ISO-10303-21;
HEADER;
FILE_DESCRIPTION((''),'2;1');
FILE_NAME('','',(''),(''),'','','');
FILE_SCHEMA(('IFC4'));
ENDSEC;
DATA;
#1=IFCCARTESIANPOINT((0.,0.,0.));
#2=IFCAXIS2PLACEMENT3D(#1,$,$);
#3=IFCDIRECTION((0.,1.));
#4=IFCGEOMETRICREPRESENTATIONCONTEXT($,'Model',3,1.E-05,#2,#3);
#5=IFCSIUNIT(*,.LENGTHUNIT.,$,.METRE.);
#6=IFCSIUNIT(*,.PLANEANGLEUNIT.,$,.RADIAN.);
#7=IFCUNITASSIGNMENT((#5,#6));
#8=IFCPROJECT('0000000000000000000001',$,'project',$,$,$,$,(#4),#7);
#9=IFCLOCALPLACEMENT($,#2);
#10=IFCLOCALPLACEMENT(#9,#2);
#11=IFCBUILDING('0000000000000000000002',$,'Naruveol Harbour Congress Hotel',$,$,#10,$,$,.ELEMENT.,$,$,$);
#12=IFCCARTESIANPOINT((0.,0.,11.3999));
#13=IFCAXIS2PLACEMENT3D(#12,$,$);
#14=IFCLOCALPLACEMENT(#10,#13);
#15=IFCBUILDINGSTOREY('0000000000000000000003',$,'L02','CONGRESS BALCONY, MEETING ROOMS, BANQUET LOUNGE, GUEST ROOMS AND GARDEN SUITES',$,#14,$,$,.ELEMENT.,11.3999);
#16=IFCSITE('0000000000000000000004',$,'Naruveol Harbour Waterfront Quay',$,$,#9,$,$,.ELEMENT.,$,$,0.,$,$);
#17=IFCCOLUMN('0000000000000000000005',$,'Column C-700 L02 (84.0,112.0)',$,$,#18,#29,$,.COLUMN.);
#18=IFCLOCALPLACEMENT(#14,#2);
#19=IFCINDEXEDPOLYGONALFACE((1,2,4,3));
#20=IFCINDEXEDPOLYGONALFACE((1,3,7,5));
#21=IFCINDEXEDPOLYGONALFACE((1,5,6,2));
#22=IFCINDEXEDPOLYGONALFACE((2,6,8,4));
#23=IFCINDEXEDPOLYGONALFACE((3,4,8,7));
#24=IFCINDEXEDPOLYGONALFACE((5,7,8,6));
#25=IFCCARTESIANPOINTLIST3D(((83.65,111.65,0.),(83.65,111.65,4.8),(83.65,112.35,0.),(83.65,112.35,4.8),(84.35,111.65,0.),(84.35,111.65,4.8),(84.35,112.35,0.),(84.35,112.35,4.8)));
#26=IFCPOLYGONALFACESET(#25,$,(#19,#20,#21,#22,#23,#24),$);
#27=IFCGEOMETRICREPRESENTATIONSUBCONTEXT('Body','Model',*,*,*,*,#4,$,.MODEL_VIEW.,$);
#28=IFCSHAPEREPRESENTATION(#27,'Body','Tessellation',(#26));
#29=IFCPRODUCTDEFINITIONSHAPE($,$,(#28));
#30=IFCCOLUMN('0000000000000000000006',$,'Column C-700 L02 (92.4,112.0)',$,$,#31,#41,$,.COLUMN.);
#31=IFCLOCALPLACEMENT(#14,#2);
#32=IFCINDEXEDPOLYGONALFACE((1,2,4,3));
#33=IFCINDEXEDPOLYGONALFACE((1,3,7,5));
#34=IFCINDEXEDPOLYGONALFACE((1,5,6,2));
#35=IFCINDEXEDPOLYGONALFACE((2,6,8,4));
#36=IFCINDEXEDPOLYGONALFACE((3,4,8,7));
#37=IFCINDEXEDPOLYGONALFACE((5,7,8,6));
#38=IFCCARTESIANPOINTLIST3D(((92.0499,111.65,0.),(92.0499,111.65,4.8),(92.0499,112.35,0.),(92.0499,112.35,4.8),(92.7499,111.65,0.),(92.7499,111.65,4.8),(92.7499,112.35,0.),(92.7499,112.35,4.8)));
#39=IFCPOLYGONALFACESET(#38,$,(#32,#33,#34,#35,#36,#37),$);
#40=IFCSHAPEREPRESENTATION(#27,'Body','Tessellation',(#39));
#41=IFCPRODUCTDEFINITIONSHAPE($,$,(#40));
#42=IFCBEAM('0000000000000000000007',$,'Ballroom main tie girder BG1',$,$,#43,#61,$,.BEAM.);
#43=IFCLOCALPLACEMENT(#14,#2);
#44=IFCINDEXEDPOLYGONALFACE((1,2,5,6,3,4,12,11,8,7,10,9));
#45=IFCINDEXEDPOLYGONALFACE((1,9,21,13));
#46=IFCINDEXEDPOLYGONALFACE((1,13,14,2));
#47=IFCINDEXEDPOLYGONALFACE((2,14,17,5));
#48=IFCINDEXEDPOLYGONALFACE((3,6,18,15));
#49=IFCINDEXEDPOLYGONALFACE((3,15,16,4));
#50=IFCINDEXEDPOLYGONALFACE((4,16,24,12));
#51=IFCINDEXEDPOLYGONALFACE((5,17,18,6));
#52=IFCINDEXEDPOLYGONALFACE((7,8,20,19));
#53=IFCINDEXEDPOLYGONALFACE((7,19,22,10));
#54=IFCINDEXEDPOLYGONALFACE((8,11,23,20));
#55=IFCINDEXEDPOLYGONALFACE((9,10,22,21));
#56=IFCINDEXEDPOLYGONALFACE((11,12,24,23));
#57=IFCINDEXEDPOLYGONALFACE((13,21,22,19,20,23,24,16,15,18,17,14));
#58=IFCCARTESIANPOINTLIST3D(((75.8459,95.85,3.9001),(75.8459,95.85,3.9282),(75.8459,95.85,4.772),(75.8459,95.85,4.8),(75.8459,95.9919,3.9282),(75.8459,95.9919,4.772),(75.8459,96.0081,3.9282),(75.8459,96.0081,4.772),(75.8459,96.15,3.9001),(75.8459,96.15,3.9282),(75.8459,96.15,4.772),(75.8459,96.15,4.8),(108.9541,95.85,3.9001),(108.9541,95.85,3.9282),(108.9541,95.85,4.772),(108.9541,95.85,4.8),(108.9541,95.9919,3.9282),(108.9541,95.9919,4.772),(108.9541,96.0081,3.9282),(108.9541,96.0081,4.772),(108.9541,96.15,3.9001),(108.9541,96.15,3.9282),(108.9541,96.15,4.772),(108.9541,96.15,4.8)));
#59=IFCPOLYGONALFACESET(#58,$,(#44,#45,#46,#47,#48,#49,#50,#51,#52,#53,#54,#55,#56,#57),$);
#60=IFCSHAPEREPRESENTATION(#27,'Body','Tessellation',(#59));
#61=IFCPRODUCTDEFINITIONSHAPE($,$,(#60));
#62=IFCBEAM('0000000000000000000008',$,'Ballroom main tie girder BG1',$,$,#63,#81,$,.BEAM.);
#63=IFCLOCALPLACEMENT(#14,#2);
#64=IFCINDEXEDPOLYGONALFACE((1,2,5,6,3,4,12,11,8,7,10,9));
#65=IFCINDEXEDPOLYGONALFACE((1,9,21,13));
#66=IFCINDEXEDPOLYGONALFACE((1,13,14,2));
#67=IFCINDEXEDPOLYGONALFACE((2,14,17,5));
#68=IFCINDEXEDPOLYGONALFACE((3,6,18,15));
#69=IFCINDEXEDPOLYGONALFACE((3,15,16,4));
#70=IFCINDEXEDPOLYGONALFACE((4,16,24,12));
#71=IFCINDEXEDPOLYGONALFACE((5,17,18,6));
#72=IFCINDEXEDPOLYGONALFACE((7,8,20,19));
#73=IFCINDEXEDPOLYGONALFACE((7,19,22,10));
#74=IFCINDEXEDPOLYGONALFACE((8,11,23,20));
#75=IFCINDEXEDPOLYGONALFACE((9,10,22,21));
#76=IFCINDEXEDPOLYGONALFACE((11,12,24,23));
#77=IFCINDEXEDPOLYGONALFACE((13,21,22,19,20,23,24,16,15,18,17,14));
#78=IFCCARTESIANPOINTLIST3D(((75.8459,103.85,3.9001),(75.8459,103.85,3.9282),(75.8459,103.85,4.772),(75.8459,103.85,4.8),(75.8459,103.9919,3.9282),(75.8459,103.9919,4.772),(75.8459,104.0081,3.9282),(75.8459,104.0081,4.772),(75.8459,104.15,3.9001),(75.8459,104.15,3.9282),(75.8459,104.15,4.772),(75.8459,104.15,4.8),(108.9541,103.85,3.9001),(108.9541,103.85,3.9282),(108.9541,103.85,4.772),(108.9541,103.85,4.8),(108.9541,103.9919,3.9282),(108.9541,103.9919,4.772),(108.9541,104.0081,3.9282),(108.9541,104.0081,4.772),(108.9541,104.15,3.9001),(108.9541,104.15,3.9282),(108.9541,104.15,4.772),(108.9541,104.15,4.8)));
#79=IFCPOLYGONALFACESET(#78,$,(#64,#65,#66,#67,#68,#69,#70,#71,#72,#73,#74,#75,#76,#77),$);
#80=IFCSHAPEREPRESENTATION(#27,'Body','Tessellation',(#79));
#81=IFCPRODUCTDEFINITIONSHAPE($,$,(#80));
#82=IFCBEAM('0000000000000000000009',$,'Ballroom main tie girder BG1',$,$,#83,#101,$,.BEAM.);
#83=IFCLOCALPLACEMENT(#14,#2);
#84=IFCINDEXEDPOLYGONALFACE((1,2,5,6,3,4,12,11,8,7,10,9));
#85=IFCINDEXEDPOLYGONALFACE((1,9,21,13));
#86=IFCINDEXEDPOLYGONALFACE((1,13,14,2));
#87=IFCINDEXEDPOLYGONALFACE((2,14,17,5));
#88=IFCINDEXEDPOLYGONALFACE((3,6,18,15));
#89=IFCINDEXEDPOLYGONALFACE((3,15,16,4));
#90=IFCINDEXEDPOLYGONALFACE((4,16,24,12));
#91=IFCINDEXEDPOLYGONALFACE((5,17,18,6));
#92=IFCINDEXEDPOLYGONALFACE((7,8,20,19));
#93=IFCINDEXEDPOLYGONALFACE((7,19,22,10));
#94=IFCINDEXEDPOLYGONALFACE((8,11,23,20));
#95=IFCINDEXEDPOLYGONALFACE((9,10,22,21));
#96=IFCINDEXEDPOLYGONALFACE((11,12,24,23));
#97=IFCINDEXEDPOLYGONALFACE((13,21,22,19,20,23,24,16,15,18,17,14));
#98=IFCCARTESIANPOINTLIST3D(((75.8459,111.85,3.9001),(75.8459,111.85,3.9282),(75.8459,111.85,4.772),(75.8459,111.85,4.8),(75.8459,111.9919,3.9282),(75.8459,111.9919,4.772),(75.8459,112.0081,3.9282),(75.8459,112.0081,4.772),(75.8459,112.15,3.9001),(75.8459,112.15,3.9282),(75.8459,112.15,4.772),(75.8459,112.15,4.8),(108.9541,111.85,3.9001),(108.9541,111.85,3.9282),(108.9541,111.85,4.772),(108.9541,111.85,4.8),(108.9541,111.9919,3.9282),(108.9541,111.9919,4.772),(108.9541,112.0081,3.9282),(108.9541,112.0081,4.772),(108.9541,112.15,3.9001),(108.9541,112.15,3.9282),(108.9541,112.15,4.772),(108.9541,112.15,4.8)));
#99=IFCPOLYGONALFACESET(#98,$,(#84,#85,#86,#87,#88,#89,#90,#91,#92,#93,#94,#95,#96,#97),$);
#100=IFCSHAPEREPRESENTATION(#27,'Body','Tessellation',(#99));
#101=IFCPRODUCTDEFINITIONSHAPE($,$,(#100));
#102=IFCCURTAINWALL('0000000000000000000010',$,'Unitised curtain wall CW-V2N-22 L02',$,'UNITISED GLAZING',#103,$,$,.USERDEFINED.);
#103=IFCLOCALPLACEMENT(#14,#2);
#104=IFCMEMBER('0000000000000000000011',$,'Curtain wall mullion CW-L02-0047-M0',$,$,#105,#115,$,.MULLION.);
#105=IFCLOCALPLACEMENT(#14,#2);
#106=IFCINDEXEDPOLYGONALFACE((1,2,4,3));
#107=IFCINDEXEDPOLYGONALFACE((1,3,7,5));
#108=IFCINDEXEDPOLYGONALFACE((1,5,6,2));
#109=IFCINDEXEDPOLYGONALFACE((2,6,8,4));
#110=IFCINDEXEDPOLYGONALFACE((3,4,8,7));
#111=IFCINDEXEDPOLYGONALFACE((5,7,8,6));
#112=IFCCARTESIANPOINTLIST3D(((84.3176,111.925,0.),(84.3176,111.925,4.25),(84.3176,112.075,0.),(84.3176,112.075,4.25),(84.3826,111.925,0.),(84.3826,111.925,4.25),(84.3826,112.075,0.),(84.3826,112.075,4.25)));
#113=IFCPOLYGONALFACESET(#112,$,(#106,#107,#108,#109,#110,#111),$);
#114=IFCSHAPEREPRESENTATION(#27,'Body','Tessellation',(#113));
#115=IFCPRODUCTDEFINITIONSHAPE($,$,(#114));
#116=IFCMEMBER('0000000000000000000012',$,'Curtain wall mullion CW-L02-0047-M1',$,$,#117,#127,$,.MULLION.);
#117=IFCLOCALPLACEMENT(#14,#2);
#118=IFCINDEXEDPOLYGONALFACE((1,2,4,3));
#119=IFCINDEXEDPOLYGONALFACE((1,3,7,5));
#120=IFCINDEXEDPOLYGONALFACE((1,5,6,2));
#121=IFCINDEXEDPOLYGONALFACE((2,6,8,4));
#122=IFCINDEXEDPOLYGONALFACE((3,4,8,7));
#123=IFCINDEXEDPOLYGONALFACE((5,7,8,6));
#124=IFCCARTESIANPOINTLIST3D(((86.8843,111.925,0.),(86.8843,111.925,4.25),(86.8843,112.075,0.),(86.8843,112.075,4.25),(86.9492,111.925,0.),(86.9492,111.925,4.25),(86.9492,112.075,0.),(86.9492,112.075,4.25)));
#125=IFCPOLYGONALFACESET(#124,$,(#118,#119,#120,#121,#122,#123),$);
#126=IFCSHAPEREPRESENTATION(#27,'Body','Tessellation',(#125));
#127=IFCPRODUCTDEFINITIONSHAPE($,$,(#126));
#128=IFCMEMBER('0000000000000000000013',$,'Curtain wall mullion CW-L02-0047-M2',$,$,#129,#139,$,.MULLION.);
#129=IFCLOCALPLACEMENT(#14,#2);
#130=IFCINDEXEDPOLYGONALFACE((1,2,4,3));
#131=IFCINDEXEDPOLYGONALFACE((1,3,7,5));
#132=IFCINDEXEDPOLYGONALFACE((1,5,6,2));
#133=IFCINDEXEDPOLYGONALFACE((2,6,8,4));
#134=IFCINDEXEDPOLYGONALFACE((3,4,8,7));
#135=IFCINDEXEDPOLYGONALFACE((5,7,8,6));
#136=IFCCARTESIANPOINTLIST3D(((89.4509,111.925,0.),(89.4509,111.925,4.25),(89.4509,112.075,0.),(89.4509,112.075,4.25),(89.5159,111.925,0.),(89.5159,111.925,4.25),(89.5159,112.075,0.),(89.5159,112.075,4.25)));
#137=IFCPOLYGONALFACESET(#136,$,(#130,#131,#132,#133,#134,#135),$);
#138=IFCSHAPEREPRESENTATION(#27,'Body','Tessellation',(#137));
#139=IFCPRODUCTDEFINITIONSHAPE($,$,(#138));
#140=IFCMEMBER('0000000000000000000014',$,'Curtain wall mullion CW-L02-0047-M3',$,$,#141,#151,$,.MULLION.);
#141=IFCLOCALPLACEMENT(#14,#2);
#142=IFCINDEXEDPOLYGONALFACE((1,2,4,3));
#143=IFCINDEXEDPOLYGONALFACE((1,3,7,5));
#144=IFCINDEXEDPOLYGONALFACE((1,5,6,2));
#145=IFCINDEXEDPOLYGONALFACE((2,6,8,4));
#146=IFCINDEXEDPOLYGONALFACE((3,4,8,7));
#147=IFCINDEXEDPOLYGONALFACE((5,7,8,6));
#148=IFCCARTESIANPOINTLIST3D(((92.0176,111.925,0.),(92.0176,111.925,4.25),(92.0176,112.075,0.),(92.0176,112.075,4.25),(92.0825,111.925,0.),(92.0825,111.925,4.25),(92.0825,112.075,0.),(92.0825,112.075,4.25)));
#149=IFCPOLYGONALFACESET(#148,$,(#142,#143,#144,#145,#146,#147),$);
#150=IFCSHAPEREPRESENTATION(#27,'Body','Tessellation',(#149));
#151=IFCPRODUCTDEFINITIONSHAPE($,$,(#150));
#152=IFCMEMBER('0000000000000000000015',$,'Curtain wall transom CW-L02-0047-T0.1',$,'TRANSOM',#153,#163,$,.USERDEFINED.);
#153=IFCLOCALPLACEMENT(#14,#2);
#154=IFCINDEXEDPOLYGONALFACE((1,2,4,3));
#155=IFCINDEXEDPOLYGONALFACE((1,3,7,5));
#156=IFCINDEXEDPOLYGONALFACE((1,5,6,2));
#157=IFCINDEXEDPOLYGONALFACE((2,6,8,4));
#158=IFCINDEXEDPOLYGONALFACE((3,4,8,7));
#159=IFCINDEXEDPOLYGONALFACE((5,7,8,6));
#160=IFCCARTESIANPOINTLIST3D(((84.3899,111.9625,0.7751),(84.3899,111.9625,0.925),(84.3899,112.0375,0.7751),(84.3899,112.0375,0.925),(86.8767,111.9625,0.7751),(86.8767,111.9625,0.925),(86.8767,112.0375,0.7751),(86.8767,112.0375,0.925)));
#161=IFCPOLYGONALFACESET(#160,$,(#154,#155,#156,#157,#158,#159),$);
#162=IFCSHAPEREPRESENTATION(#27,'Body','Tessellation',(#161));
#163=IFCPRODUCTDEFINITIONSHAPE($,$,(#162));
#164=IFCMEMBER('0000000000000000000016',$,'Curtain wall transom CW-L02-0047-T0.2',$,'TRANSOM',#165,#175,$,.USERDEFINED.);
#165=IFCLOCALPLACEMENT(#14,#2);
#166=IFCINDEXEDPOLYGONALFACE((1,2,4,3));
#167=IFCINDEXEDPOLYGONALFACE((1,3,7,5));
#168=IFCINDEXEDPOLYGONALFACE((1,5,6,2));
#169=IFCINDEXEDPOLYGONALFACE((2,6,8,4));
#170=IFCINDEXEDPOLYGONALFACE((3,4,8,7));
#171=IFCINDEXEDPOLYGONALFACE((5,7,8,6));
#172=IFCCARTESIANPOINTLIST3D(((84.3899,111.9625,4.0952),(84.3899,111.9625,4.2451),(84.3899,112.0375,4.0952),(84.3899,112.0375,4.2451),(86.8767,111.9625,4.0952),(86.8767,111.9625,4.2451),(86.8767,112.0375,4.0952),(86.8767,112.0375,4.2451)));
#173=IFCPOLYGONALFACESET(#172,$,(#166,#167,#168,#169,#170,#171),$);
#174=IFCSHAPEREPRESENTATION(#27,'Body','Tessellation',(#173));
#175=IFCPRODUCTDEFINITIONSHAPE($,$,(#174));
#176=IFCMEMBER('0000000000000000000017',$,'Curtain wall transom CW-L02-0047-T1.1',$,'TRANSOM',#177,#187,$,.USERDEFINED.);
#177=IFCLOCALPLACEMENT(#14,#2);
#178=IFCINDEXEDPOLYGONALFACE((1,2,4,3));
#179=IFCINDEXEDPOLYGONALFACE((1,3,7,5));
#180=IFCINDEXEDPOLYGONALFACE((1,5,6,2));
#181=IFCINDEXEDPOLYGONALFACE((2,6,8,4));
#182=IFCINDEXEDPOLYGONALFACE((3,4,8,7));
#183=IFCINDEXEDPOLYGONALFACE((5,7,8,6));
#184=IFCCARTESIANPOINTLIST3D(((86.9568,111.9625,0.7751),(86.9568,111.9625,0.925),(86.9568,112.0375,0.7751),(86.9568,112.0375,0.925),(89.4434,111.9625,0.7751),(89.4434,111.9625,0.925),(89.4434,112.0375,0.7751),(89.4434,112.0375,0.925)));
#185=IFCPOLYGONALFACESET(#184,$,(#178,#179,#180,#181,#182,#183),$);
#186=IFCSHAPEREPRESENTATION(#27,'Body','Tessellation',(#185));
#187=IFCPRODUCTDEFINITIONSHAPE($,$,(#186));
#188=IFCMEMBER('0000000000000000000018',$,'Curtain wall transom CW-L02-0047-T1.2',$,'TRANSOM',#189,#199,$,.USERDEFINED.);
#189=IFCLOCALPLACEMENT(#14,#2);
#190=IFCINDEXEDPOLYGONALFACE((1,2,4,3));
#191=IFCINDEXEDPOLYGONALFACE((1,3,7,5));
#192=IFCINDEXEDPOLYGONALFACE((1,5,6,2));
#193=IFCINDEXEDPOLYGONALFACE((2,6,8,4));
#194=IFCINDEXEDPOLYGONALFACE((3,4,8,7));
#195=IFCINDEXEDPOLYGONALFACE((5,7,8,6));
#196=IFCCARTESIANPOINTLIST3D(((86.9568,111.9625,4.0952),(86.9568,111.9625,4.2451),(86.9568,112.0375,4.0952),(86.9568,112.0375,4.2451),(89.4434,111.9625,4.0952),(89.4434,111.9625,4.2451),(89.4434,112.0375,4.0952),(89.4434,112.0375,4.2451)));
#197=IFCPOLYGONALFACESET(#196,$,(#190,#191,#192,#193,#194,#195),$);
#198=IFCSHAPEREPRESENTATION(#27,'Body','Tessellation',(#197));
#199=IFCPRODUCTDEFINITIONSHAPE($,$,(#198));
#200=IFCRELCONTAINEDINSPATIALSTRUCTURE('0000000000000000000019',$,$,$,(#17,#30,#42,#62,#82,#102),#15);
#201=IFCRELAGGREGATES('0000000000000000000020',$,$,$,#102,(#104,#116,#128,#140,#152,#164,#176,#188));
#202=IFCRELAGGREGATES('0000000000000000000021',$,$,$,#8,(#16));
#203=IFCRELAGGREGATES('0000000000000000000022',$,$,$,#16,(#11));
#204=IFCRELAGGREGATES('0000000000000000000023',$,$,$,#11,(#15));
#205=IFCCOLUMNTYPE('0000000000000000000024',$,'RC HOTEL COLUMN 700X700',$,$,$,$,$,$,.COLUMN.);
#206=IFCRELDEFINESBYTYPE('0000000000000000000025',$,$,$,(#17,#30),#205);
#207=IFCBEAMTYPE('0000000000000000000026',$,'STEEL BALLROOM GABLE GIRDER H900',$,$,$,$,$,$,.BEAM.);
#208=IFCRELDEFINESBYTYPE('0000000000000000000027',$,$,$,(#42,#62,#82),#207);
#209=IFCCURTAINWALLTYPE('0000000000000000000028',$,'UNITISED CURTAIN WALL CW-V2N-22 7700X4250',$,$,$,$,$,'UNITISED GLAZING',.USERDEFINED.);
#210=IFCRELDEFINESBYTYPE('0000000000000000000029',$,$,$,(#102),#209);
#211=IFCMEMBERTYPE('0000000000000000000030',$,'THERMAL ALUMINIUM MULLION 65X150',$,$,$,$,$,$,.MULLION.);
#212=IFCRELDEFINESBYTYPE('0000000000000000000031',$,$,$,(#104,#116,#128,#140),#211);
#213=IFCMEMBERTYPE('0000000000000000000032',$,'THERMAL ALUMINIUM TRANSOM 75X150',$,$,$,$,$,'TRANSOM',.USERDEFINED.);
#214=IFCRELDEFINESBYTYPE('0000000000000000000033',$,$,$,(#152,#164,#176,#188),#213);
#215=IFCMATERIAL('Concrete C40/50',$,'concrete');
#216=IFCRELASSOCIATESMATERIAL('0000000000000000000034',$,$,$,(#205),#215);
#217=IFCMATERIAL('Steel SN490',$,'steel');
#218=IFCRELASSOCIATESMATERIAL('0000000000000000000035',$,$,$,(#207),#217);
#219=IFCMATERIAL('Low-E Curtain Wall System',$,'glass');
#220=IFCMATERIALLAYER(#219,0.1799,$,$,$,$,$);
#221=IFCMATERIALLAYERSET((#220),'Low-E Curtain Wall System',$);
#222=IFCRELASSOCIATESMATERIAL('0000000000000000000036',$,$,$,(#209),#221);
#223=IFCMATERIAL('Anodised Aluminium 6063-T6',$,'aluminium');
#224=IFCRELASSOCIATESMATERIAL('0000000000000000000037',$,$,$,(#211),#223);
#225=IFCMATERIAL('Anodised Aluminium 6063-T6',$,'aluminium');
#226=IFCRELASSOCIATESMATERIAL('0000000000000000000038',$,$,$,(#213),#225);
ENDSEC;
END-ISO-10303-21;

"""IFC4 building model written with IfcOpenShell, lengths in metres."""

from ifc_helpers import new_model, si_unit, direction, frame, origin, origin_2d, place, context, subcontext, project, spatial, rectangle, i_section, extrude, material, layer, layer_set, material_profile, profile_set, type_object, element, aggregate, save


model = new_model("IFC4")

# Units and contexts
model_context = context("Model", 3, precision=1e-05, world=origin(), true_north=direction((0.0, 1.0)))
body_context = subcontext(model_context, "Body", "Model", "MODEL_VIEW")
ifc_project = project(units=[si_unit("LENGTHUNIT", "METRE"), si_unit("PLANEANGLEUNIT", "RADIAN")], contexts=[model_context])

# Site, building, storey
site_placement = place(None, origin())
site = spatial("IfcSite", under=ifc_project, at=site_placement, Name="Naruveol Harbour Waterfront Quay", CompositionType="ELEMENT", RefElevation=0.0)
building_placement = place(site_placement, origin())
building = spatial("IfcBuilding", under=site, at=building_placement, Name="Naruveol Harbour Congress Hotel", CompositionType="ELEMENT")
storey_placement = place(building_placement, frame((0.0, 0.0, 11.3999)))
storey = spatial("IfcBuildingStorey", under=building, at=storey_placement, Name="L02", Description="CONGRESS BALCONY, MEETING ROOMS, BANQUET LOUNGE, GUEST ROOMS AND GARDEN SUITES", CompositionType="ELEMENT", Elevation=11.3999)

# Columns
ifc_material_1 = material(Name="Concrete C40/50", Category="concrete")
ifc_material_profile_1 = material_profile(ifc_material_1, rectangle(XDim=0.7, YDim=0.7, at=origin_2d()), Name="RC-700x700")
ifc_profile_set_1 = profile_set([ifc_material_profile_1], Name="Concrete C40/50")
column_type = type_object("IfcColumnType", Name="RC HOTEL COLUMN 700X700", PredefinedType="COLUMN", material=ifc_profile_set_1)
for number, where, z_axis, x_axis, name in (
    (1, (84.0, 112.0, 0.0), (0.0, 0.0, 1.0), (1.0, 0.0, 0.0), "Column C-700 L02 (84.0,112.0)"),
    (2, (92.3999, 112.0, 0.0), (0.0, 0.0, 1.0), (1.0, 0.0, 0.0), "Column C-700 L02 (92.4,112.0)"),
):
    element("IfcColumn", number, at=place(storey_placement, frame(where, z_axis=z_axis, x_axis=x_axis)), inside=storey, type_object=column_type, Name=name, PredefinedType="COLUMN", context=body_context, shape_type="SweptSolid", body=[
        extrude(rectangle(XDim=0.7, YDim=0.7, at=origin_2d()), origin(), (0.0, 0.0, 1.0), 4.8),
    ])

# Beams
ifc_material_2 = material(Name="Steel SN490", Category="steel")
ifc_material_profile_2 = material_profile(ifc_material_2, i_section(OverallWidth=0.3, OverallDepth=0.8999, WebThickness=0.0161, FlangeThickness=0.0281, at=origin_2d()), Name="H-900x300x16x28")
ifc_profile_set_2 = profile_set([ifc_material_profile_2], Name="Steel SN490")
beam_type = type_object("IfcBeamType", Name="STEEL BALLROOM GABLE GIRDER H900", PredefinedType="BEAM", material=ifc_profile_set_2)
for number, where, z_axis, x_axis, name in (
    (3, (75.8459, 96.0, 4.3501), (1.0, 0.0, 0.0), (0.0, 1.0, 0.0), "Ballroom main tie girder BG1"),
    (4, (75.8459, 104.0, 4.3501), (1.0, 0.0, 0.0), (0.0, 1.0, 0.0), "Ballroom main tie girder BG1"),
    (5, (75.8459, 112.0, 4.3501), (1.0, 0.0, 0.0), (0.0, 1.0, 0.0), "Ballroom main tie girder BG1"),
):
    element("IfcBeam", number, at=place(storey_placement, frame(where, z_axis=z_axis, x_axis=x_axis)), inside=storey, type_object=beam_type, Name=name, PredefinedType="BEAM", context=body_context, shape_type="SweptSolid", body=[
        extrude(i_section(OverallWidth=0.3, OverallDepth=0.8999, WebThickness=0.0161, FlangeThickness=0.0281, at=origin_2d()), origin(), (0.0, 0.0, 1.0), 33.1082),
    ])

# Curtain wall, members
ifc_material_3 = material(Name="Low-E Curtain Wall System", Category="glass")
ifc_layer_1 = layer(ifc_material_3, 0.1799)
ifc_layer_set_1 = layer_set([ifc_layer_1], Name="Low-E Curtain Wall System")
curtain_wall_type = type_object("IfcCurtainWallType", Name="UNITISED CURTAIN WALL CW-V2N-22 7700X4250", ElementType="UNITISED GLAZING", PredefinedType="USERDEFINED", material=ifc_layer_set_1)
curtain_wall_placement = place(storey_placement, origin())
curtain_wall = element("IfcCurtainWall", 6, at=curtain_wall_placement, inside=storey, type_object=curtain_wall_type, Name="Unitised curtain wall CW-V2N-22 L02", ObjectType="UNITISED GLAZING", PredefinedType="USERDEFINED")
ifc_material_4 = material(Name="Anodised Aluminium 6063-T6", Category="aluminium")
ifc_material_profile_3 = material_profile(ifc_material_4, rectangle(XDim=0.0649, YDim=0.1499, at=origin_2d()), Name="ALU-65x150")
ifc_profile_set_3 = profile_set([ifc_material_profile_3], Name="Anodised Aluminium 6063-T6")
member_type_1 = type_object("IfcMemberType", Name="THERMAL ALUMINIUM MULLION 65X150", PredefinedType="MULLION", material=ifc_profile_set_3)
member_1_placement = place(storey_placement, frame((84.3501, 112.0, 0.0), z_axis=(0.0, 0.0, 1.0), x_axis=(1.0, 0.0, 0.0)))
member_1 = element("IfcMember", 7, at=member_1_placement, type_object=member_type_1, Name="Curtain wall mullion CW-L02-0047-M0", PredefinedType="MULLION", context=body_context, shape_type="SweptSolid", body=[
    extrude(rectangle(XDim=0.0649, YDim=0.1499, at=origin_2d()), origin(), (0.0, 0.0, 1.0), 4.25),
])
member_2_placement = place(storey_placement, frame((86.9167, 112.0, 0.0), z_axis=(0.0, 0.0, 1.0), x_axis=(1.0, 0.0, 0.0)))
member_2 = element("IfcMember", 8, at=member_2_placement, type_object=member_type_1, Name="Curtain wall mullion CW-L02-0047-M1", PredefinedType="MULLION", context=body_context, shape_type="SweptSolid", body=[
    extrude(rectangle(XDim=0.0649, YDim=0.1499, at=origin_2d()), origin(), (0.0, 0.0, 1.0), 4.25),
])
member_3_placement = place(storey_placement, frame((89.4834, 112.0, 0.0), z_axis=(0.0, 0.0, 1.0), x_axis=(1.0, 0.0, 0.0)))
member_3 = element("IfcMember", 9, at=member_3_placement, type_object=member_type_1, Name="Curtain wall mullion CW-L02-0047-M2", PredefinedType="MULLION", context=body_context, shape_type="SweptSolid", body=[
    extrude(rectangle(XDim=0.0649, YDim=0.1499, at=origin_2d()), origin(), (0.0, 0.0, 1.0), 4.25),
])
member_4_placement = place(storey_placement, frame((92.05, 112.0, 0.0), z_axis=(0.0, 0.0, 1.0), x_axis=(1.0, 0.0, 0.0)))
member_4 = element("IfcMember", 10, at=member_4_placement, type_object=member_type_1, Name="Curtain wall mullion CW-L02-0047-M3", PredefinedType="MULLION", context=body_context, shape_type="SweptSolid", body=[
    extrude(rectangle(XDim=0.0649, YDim=0.1499, at=origin_2d()), origin(), (0.0, 0.0, 1.0), 4.25),
])
ifc_material_5 = material(Name="Anodised Aluminium 6063-T6", Category="aluminium")
ifc_material_profile_4 = material_profile(ifc_material_5, rectangle(XDim=0.075, YDim=0.1499, at=origin_2d()), Name="ALU-75x150")
ifc_profile_set_4 = profile_set([ifc_material_profile_4], Name="Anodised Aluminium 6063-T6")
member_type_2 = type_object("IfcMemberType", Name="THERMAL ALUMINIUM TRANSOM 75X150", ElementType="TRANSOM", PredefinedType="USERDEFINED", material=ifc_profile_set_4)
member_5_placement = place(storey_placement, frame((84.3899, 112.0, 0.8501), z_axis=(1.0, 0.0, 0.0), x_axis=(0.0, 1.0, 0.0)))
member_5 = element("IfcMember", 11, at=member_5_placement, type_object=member_type_2, Name="Curtain wall transom CW-L02-0047-T0.1", ObjectType="TRANSOM", PredefinedType="USERDEFINED", context=body_context, shape_type="SweptSolid", body=[
    extrude(rectangle(XDim=0.075, YDim=0.1499, at=origin_2d()), origin(), (0.0, 0.0, 1.0), 2.4868),
])
member_6_placement = place(storey_placement, frame((84.3899, 112.0, 4.1702), z_axis=(1.0, 0.0, 0.0), x_axis=(0.0, 1.0, 0.0)))
member_6 = element("IfcMember", 12, at=member_6_placement, type_object=member_type_2, Name="Curtain wall transom CW-L02-0047-T0.2", ObjectType="TRANSOM", PredefinedType="USERDEFINED", context=body_context, shape_type="SweptSolid", body=[
    extrude(rectangle(XDim=0.075, YDim=0.1499, at=origin_2d()), origin(), (0.0, 0.0, 1.0), 2.4868),
])
member_7_placement = place(storey_placement, frame((86.9568, 112.0, 0.8501), z_axis=(1.0, 0.0, 0.0), x_axis=(0.0, 1.0, 0.0)))
member_7 = element("IfcMember", 13, at=member_7_placement, type_object=member_type_2, Name="Curtain wall transom CW-L02-0047-T1.1", ObjectType="TRANSOM", PredefinedType="USERDEFINED", context=body_context, shape_type="SweptSolid", body=[
    extrude(rectangle(XDim=0.075, YDim=0.1499, at=origin_2d()), origin(), (0.0, 0.0, 1.0), 2.4866),
])
member_8_placement = place(storey_placement, frame((86.9568, 112.0, 4.1702), z_axis=(1.0, 0.0, 0.0), x_axis=(0.0, 1.0, 0.0)))
member_8 = element("IfcMember", 14, at=member_8_placement, type_object=member_type_2, Name="Curtain wall transom CW-L02-0047-T1.2", ObjectType="TRANSOM", PredefinedType="USERDEFINED", context=body_context, shape_type="SweptSolid", body=[
    extrude(rectangle(XDim=0.075, YDim=0.1499, at=origin_2d()), origin(), (0.0, 0.0, 1.0), 2.4866),
])
aggregate(curtain_wall, [member_1, member_2, member_3, member_4, member_5, member_6, member_7, member_8])

save(model, "model.ifc")
